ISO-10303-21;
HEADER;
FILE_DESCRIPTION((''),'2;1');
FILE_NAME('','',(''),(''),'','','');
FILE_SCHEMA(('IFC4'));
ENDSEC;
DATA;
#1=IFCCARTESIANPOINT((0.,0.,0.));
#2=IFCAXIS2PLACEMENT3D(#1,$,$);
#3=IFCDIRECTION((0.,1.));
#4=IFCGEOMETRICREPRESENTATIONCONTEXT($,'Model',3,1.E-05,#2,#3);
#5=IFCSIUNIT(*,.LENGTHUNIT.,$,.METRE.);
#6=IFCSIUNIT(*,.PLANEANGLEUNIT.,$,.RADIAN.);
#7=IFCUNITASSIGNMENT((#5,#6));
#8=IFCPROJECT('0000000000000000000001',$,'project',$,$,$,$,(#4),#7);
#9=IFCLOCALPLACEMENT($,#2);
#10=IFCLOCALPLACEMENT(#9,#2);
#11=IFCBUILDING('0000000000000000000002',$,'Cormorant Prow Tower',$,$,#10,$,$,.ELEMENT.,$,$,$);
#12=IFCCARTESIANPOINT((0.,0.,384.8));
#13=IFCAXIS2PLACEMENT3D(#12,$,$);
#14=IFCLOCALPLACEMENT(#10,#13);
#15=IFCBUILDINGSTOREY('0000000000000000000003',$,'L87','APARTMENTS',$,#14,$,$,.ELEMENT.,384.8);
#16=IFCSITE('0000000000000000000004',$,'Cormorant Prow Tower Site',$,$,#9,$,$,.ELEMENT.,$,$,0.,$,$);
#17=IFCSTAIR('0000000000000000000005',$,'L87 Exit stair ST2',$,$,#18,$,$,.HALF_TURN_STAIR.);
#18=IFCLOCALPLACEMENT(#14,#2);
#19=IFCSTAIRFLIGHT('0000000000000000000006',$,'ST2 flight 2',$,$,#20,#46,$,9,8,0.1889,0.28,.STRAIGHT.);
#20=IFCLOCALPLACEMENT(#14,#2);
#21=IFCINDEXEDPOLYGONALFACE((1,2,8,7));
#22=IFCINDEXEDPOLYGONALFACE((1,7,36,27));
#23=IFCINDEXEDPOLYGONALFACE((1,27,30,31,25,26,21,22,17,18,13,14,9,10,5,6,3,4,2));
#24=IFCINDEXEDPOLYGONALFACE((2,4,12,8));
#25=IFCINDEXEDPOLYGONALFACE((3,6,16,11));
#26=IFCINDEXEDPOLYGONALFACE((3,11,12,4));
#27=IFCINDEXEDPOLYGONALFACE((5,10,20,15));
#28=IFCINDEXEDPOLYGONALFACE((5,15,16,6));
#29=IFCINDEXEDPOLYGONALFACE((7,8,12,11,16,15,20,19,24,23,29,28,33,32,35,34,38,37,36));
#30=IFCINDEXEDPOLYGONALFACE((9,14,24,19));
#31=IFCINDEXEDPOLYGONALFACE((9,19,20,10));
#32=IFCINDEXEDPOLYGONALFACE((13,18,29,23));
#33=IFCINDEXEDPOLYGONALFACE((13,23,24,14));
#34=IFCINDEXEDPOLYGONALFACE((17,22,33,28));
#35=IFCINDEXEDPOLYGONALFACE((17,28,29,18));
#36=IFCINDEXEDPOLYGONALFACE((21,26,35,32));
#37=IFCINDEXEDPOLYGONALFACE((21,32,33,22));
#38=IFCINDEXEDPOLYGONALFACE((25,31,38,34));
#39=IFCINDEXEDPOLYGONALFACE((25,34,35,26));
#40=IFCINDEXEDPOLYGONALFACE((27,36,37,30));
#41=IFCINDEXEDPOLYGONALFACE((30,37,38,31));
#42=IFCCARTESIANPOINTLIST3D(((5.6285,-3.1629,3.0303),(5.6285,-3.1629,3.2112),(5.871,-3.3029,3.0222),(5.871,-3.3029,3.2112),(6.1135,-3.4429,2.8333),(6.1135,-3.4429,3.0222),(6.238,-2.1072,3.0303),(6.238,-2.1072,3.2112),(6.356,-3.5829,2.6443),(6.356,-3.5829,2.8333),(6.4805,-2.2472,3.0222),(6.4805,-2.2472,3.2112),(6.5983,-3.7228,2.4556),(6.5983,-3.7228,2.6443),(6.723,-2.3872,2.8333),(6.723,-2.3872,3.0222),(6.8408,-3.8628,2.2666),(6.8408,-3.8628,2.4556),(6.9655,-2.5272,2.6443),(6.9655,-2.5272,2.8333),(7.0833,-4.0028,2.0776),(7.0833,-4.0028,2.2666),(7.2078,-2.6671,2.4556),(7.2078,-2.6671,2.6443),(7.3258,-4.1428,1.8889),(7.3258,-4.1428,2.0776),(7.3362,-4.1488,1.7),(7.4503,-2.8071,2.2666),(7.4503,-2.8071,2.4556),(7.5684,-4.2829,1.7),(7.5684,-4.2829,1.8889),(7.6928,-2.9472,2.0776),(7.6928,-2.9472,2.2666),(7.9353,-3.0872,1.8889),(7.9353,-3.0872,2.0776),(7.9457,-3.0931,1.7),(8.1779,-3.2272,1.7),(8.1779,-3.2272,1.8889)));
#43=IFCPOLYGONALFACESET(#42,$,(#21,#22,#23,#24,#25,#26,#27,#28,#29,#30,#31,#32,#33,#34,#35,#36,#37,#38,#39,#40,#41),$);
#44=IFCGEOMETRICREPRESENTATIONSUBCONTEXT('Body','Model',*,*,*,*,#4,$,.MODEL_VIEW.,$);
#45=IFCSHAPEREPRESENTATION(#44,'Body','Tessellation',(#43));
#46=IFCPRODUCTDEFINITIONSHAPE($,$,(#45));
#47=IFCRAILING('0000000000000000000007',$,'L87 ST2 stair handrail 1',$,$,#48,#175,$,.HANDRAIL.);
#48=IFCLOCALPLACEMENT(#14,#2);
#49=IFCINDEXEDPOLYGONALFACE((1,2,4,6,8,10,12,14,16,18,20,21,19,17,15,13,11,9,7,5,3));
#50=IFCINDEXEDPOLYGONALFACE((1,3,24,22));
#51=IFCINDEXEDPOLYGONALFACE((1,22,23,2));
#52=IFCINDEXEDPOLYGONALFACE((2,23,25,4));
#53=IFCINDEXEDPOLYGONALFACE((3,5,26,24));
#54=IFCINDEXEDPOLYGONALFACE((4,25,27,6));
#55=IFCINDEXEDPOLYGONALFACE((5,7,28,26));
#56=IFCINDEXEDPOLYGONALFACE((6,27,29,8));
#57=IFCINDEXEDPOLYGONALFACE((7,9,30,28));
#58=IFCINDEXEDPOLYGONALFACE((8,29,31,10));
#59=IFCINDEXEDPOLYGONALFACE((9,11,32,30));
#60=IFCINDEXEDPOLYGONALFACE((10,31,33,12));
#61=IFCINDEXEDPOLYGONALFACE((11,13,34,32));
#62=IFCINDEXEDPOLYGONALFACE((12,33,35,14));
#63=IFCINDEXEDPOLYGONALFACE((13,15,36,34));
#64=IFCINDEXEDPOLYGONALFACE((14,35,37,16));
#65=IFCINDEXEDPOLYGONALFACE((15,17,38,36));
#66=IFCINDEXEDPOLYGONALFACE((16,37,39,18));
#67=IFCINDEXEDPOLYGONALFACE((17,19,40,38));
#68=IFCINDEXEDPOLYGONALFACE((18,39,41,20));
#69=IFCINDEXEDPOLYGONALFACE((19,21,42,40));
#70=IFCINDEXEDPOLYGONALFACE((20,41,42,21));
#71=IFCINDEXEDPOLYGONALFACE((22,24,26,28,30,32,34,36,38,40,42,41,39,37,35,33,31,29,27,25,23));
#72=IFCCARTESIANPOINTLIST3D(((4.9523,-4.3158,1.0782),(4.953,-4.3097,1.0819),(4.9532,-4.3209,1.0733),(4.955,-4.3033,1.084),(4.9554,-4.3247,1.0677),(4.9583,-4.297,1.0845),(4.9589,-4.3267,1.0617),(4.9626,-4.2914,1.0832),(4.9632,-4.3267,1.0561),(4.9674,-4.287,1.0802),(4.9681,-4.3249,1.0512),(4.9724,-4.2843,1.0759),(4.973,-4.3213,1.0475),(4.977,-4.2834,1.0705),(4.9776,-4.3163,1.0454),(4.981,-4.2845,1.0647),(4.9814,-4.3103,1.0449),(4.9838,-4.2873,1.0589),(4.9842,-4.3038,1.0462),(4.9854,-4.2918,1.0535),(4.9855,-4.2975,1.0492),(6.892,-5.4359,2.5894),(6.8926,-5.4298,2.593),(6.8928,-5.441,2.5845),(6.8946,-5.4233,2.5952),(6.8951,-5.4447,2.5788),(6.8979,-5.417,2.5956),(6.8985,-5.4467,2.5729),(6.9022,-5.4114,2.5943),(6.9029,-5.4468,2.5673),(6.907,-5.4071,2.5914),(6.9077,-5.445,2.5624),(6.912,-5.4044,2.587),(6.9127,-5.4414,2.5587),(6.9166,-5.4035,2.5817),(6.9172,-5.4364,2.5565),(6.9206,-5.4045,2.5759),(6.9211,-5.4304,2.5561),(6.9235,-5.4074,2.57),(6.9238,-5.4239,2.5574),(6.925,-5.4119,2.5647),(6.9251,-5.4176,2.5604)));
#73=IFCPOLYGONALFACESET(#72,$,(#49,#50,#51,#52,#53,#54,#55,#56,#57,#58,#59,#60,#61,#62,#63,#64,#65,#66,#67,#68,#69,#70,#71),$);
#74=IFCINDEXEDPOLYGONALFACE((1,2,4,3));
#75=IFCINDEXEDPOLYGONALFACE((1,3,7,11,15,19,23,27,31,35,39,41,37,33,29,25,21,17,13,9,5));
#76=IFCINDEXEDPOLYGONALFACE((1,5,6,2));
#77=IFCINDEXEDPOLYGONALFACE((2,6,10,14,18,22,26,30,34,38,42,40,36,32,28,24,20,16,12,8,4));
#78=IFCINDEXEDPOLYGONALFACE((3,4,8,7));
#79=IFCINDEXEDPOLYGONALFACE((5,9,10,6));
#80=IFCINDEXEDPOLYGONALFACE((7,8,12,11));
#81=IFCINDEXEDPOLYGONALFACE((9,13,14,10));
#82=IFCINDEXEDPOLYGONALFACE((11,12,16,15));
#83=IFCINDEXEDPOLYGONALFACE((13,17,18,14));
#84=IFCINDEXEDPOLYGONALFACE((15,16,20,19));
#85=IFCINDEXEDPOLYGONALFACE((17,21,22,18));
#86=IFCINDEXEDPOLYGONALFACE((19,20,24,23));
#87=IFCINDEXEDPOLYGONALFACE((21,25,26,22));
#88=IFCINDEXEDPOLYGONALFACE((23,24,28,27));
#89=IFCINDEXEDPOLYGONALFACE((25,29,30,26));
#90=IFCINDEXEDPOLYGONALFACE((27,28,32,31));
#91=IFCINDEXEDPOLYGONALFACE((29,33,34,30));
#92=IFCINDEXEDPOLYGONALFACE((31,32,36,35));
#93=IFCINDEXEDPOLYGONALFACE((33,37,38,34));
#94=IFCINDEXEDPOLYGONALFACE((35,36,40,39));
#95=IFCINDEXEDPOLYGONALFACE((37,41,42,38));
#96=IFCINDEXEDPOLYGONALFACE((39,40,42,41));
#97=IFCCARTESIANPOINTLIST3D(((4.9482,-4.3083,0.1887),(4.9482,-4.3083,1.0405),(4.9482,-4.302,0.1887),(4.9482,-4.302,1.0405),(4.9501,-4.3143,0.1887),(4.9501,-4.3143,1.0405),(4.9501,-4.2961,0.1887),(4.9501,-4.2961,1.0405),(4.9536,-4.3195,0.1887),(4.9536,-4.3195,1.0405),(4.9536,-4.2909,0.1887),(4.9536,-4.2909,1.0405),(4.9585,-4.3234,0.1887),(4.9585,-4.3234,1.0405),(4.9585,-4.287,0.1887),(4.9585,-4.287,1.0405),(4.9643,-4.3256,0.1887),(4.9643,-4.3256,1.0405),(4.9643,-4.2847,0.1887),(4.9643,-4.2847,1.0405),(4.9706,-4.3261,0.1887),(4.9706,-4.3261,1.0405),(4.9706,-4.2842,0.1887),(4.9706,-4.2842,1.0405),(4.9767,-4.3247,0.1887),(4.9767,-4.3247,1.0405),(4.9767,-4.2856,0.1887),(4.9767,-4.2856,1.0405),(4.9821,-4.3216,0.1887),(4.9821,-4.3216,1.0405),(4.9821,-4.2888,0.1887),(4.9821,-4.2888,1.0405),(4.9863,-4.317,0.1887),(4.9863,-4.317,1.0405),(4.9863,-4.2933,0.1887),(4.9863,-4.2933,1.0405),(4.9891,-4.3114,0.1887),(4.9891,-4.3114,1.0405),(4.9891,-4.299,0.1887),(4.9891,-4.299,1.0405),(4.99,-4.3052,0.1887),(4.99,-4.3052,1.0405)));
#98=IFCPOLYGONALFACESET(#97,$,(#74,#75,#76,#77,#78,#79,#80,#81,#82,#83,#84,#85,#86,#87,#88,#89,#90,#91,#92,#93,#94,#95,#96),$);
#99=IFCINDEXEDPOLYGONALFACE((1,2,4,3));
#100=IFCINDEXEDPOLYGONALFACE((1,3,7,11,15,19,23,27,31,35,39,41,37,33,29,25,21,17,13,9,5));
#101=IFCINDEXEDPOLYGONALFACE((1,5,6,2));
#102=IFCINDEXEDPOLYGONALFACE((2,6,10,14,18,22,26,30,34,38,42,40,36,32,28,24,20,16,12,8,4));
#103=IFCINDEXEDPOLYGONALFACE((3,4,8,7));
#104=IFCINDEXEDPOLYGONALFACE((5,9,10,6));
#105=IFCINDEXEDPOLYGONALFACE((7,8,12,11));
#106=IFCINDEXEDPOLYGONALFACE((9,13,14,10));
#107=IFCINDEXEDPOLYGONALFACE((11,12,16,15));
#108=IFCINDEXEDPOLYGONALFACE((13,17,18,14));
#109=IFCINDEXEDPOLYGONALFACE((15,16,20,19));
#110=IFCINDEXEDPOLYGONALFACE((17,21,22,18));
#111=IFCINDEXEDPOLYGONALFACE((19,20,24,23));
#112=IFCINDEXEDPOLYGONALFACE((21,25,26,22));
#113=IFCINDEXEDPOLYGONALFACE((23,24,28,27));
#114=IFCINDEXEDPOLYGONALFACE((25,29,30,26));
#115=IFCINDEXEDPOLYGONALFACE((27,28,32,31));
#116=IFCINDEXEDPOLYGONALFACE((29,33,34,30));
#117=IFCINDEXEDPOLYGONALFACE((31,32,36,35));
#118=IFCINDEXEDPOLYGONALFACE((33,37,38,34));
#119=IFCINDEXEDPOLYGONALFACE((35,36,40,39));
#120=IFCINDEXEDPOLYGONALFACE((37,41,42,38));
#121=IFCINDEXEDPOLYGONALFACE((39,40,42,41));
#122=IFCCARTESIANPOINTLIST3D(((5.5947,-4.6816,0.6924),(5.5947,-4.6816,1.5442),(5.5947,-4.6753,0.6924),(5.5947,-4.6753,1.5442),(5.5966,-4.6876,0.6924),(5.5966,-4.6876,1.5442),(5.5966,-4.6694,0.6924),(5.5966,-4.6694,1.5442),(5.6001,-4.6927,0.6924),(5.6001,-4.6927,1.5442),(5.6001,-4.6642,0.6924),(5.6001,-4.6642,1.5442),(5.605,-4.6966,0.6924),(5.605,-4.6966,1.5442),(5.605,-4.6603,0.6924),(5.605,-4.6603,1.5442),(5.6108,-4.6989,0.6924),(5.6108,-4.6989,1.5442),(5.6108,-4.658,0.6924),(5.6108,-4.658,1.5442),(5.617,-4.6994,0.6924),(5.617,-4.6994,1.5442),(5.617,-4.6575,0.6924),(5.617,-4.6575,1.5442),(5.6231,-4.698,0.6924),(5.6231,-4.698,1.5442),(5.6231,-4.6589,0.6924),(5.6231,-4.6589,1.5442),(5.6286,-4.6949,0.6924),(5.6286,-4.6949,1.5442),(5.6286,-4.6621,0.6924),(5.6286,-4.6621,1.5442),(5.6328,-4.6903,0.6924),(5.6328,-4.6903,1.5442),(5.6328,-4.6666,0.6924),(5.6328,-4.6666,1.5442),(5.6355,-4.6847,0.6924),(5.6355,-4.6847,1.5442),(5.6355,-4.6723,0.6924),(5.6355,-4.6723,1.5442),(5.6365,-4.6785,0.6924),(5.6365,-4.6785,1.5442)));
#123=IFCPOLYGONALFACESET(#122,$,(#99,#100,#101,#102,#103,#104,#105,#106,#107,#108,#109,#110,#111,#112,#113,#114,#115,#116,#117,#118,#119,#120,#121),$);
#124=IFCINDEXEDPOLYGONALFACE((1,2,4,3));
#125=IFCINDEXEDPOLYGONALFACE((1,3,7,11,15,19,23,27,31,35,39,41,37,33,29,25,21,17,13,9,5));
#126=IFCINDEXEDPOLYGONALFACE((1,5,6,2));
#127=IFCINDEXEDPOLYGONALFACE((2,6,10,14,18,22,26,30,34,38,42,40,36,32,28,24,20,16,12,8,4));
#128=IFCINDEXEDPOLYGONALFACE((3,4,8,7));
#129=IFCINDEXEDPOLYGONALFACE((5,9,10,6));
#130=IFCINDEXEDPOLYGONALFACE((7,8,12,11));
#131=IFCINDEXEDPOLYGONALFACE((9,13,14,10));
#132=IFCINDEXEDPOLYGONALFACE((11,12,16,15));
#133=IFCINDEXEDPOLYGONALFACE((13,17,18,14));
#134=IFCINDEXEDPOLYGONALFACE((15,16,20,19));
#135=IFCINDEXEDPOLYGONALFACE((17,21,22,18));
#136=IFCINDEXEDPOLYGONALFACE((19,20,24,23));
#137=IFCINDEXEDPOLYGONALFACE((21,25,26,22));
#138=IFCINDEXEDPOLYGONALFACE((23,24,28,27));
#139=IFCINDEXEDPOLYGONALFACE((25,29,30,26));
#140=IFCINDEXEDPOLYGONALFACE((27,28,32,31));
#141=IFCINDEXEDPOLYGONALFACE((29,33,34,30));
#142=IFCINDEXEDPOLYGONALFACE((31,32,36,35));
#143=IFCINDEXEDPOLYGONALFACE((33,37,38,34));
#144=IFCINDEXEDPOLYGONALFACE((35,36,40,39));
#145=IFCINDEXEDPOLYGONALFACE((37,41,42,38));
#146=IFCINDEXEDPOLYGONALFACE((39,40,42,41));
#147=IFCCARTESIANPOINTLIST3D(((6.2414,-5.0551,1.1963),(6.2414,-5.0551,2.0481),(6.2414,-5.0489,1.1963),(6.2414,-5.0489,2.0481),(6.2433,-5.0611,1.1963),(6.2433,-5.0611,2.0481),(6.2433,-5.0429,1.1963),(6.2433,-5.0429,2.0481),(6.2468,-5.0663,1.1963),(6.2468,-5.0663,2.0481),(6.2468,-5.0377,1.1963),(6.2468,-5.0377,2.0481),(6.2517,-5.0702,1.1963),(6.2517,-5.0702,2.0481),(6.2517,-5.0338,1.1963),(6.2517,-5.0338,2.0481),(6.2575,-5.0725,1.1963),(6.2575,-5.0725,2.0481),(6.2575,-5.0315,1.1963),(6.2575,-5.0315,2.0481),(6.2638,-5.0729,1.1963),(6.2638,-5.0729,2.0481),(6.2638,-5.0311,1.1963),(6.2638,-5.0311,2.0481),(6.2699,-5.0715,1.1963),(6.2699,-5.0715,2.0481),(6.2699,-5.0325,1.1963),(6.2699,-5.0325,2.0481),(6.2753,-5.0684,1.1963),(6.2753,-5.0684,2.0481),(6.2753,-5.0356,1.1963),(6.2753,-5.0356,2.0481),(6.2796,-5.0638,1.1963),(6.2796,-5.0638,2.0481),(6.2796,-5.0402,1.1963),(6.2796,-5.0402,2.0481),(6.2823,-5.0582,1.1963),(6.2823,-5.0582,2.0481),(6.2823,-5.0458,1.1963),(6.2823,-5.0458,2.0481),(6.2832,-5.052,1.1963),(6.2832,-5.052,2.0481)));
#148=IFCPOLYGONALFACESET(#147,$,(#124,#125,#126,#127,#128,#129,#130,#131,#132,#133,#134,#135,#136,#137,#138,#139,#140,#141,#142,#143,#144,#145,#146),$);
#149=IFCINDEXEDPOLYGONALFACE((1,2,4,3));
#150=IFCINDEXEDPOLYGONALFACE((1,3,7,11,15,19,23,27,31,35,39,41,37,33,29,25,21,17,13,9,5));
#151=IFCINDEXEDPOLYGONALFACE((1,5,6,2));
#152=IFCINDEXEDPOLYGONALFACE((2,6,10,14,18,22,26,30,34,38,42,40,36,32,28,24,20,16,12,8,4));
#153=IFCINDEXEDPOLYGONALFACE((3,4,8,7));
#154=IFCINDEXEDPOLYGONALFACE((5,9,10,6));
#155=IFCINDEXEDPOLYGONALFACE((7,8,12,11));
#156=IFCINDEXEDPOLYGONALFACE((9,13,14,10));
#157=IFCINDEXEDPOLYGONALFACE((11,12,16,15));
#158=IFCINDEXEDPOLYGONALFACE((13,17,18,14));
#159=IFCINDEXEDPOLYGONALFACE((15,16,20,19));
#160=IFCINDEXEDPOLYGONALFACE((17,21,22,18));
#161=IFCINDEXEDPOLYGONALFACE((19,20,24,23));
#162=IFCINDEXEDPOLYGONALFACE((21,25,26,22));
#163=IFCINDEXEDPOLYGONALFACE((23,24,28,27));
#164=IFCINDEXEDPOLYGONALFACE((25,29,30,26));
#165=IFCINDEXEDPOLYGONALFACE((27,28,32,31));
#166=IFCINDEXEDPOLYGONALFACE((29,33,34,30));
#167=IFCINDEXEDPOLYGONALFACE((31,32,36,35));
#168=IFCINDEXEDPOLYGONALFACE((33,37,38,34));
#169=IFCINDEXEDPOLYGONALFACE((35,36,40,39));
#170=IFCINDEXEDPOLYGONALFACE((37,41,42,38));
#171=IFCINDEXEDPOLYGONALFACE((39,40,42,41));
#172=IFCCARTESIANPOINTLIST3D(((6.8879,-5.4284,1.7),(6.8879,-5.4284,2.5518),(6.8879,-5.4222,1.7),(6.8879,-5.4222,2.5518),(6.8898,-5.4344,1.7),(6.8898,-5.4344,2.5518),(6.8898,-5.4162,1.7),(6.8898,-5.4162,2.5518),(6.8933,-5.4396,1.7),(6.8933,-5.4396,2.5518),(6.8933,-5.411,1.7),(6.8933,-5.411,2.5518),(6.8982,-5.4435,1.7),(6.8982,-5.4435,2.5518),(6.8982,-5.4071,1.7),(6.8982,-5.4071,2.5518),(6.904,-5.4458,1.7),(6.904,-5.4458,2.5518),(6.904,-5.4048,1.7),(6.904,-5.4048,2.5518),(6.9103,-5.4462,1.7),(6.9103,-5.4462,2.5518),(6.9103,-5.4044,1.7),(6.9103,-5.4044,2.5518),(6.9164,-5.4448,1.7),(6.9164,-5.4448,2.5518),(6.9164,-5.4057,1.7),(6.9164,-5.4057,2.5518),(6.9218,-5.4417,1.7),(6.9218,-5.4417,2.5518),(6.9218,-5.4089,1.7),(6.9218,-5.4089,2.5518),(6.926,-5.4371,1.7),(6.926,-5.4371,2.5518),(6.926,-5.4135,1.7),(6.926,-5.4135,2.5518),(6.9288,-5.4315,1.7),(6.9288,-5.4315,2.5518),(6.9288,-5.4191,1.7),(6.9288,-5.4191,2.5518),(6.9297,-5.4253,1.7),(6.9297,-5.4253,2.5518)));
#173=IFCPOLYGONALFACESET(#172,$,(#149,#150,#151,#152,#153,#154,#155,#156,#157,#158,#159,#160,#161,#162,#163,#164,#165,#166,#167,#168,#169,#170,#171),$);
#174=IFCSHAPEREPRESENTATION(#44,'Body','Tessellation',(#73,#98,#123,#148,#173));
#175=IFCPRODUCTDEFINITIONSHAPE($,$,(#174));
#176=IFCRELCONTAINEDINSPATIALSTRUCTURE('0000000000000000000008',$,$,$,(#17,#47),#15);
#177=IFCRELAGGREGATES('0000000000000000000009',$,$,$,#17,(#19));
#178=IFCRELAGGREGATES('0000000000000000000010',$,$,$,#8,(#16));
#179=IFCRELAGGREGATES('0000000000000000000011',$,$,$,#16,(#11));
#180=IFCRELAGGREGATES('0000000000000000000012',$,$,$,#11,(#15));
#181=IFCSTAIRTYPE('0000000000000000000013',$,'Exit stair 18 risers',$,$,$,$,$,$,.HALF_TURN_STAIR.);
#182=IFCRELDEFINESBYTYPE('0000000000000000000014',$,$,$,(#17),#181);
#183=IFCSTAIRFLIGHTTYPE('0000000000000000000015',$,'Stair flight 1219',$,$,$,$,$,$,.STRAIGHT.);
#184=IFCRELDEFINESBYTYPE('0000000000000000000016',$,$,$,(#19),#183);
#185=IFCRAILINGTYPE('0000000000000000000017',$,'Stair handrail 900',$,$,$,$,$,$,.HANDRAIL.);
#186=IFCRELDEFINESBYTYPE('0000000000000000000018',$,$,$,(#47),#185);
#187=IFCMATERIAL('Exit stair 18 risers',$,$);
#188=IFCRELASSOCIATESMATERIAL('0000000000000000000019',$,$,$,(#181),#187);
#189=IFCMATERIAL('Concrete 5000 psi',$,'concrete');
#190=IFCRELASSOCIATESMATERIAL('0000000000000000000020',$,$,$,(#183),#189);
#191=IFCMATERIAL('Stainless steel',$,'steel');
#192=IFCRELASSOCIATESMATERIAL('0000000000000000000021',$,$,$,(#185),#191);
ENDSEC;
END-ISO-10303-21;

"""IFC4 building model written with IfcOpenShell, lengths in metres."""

from ifc_helpers import new_model, si_unit, direction, frame, origin, origin_2d, place, context, subcontext, project, spatial, polyline, circle, outline, extrude, material, type_object, element, aggregate, save


model = new_model("IFC4")

# Units and contexts
model_context = context("Model", 3, precision=1e-05, world=origin(), true_north=direction((0.0, 1.0)))
body_context = subcontext(model_context, "Body", "Model", "MODEL_VIEW")
ifc_project = project(units=[si_unit("LENGTHUNIT", "METRE"), si_unit("PLANEANGLEUNIT", "RADIAN")], contexts=[model_context])

# Site, building, storey
site_placement = place(None, origin())
site = spatial("IfcSite", under=ifc_project, at=site_placement, Name="Cormorant Prow Tower Site", CompositionType="ELEMENT", RefElevation=0.0)
building_placement = place(site_placement, origin())
building = spatial("IfcBuilding", under=site, at=building_placement, Name="Cormorant Prow Tower", CompositionType="ELEMENT")
storey_placement = place(building_placement, frame((0.0, 0.0, 384.8)))
storey = spatial("IfcBuildingStorey", under=building, at=storey_placement, Name="L87", Description="APARTMENTS", CompositionType="ELEMENT", Elevation=384.8)

# Stair, stair flight
ifc_material_1 = material(Name="Exit stair 18 risers")
stair_type = type_object("IfcStairType", Name="Exit stair 18 risers", PredefinedType="HALF_TURN_STAIR", material=ifc_material_1)
stair_placement = place(storey_placement, origin())
stair = element("IfcStair", 1, at=stair_placement, inside=storey, type_object=stair_type, Name="L87 Exit stair ST2", PredefinedType="HALF_TURN_STAIR")
ifc_material_2 = material(Name="Concrete 5000 psi", Category="concrete")
stair_flight_type = type_object("IfcStairFlightType", Name="Stair flight 1219", PredefinedType="STRAIGHT", material=ifc_material_2)
stair_flight_1_placement = place(storey_placement, frame((7.873, -3.7551, 1.7), z_axis=(0.0, 0.0, 1.0), x_axis=(-0.866025, 0.5, 0.0)))
stair_flight_1 = element("IfcStairFlight", 2, at=stair_flight_1_placement, type_object=stair_flight_type, Name="ST2 flight 2", NumberOfRisers=9, NumberOfTreads=8, PredefinedType="STRAIGHT", RiserHeight=0.1889, TreadLength=0.28, context=body_context, shape_type="SweptSolid", body=[
    extrude(outline(polyline([(0.0, 0.0), (0.0, 0.189), (0.28, 0.189), (0.28, 0.3777), (0.5601, 0.3777), (0.5601, 0.5667), (0.8401, 0.5667), (0.8401, 0.7556), (1.1201, 0.7556), (1.1201, 0.9443), (1.3999, 0.9443), (1.3999, 1.1333), (1.6799, 1.1333), (1.6799, 1.3223), (1.96, 1.3223), (1.96, 1.5112), (2.24, 1.5112), (2.24, 1.7), (2.24, 1.3303), (0.2681, 0.0), (0.0, 0.0)])), frame((0.0, 0.6094, 0.0), z_axis=(0.0, -1.0, 0.0), x_axis=(1.0, 0.0, 0.0)), (0.0, 0.0, 1.0), 1.219),
])
aggregate(stair, [stair_flight_1])

# Railing
ifc_material_3 = material(Name="Stainless steel", Category="steel")
railing_type_1 = type_object("IfcRailingType", Name="Stair handrail 900", PredefinedType="HANDRAIL", material=ifc_material_3)
railing_1_placement = place(storey_placement, frame((4.969, -4.3052, 0.1887)))
element("IfcRailing", 3, at=railing_1_placement, inside=storey, type_object=railing_type_1, Name="L87 ST2 stair handrail 1", PredefinedType="HANDRAIL", context=body_context, shape_type="SweptSolid", body=[
    extrude(circle(Radius=0.0239, at=origin_2d()), frame((0.0, 0.0, 0.876), z_axis=(0.71787, -0.414548, 0.559297), x_axis=(0.500078, 0.86598, 0.0)), (0.0, 0.0, 1.0), 2.7019),
    extrude(circle(Radius=0.021, at=origin_2d()), origin(), (0.0, 0.0, 1.0), 0.8518),
    extrude(circle(Radius=0.021, at=origin_2d()), frame((0.6465, -0.3733, 0.5037)), (0.0, 0.0, 1.0), 0.8518),
    extrude(circle(Radius=0.021, at=origin_2d()), frame((1.2932, -0.7468, 1.0076)), (0.0, 0.0, 1.0), 0.8518),
    extrude(circle(Radius=0.021, at=origin_2d()), frame((1.9397, -1.1201, 1.5112)), (0.0, 0.0, 1.0), 0.8518),
])

save(model, "model.ifc")
